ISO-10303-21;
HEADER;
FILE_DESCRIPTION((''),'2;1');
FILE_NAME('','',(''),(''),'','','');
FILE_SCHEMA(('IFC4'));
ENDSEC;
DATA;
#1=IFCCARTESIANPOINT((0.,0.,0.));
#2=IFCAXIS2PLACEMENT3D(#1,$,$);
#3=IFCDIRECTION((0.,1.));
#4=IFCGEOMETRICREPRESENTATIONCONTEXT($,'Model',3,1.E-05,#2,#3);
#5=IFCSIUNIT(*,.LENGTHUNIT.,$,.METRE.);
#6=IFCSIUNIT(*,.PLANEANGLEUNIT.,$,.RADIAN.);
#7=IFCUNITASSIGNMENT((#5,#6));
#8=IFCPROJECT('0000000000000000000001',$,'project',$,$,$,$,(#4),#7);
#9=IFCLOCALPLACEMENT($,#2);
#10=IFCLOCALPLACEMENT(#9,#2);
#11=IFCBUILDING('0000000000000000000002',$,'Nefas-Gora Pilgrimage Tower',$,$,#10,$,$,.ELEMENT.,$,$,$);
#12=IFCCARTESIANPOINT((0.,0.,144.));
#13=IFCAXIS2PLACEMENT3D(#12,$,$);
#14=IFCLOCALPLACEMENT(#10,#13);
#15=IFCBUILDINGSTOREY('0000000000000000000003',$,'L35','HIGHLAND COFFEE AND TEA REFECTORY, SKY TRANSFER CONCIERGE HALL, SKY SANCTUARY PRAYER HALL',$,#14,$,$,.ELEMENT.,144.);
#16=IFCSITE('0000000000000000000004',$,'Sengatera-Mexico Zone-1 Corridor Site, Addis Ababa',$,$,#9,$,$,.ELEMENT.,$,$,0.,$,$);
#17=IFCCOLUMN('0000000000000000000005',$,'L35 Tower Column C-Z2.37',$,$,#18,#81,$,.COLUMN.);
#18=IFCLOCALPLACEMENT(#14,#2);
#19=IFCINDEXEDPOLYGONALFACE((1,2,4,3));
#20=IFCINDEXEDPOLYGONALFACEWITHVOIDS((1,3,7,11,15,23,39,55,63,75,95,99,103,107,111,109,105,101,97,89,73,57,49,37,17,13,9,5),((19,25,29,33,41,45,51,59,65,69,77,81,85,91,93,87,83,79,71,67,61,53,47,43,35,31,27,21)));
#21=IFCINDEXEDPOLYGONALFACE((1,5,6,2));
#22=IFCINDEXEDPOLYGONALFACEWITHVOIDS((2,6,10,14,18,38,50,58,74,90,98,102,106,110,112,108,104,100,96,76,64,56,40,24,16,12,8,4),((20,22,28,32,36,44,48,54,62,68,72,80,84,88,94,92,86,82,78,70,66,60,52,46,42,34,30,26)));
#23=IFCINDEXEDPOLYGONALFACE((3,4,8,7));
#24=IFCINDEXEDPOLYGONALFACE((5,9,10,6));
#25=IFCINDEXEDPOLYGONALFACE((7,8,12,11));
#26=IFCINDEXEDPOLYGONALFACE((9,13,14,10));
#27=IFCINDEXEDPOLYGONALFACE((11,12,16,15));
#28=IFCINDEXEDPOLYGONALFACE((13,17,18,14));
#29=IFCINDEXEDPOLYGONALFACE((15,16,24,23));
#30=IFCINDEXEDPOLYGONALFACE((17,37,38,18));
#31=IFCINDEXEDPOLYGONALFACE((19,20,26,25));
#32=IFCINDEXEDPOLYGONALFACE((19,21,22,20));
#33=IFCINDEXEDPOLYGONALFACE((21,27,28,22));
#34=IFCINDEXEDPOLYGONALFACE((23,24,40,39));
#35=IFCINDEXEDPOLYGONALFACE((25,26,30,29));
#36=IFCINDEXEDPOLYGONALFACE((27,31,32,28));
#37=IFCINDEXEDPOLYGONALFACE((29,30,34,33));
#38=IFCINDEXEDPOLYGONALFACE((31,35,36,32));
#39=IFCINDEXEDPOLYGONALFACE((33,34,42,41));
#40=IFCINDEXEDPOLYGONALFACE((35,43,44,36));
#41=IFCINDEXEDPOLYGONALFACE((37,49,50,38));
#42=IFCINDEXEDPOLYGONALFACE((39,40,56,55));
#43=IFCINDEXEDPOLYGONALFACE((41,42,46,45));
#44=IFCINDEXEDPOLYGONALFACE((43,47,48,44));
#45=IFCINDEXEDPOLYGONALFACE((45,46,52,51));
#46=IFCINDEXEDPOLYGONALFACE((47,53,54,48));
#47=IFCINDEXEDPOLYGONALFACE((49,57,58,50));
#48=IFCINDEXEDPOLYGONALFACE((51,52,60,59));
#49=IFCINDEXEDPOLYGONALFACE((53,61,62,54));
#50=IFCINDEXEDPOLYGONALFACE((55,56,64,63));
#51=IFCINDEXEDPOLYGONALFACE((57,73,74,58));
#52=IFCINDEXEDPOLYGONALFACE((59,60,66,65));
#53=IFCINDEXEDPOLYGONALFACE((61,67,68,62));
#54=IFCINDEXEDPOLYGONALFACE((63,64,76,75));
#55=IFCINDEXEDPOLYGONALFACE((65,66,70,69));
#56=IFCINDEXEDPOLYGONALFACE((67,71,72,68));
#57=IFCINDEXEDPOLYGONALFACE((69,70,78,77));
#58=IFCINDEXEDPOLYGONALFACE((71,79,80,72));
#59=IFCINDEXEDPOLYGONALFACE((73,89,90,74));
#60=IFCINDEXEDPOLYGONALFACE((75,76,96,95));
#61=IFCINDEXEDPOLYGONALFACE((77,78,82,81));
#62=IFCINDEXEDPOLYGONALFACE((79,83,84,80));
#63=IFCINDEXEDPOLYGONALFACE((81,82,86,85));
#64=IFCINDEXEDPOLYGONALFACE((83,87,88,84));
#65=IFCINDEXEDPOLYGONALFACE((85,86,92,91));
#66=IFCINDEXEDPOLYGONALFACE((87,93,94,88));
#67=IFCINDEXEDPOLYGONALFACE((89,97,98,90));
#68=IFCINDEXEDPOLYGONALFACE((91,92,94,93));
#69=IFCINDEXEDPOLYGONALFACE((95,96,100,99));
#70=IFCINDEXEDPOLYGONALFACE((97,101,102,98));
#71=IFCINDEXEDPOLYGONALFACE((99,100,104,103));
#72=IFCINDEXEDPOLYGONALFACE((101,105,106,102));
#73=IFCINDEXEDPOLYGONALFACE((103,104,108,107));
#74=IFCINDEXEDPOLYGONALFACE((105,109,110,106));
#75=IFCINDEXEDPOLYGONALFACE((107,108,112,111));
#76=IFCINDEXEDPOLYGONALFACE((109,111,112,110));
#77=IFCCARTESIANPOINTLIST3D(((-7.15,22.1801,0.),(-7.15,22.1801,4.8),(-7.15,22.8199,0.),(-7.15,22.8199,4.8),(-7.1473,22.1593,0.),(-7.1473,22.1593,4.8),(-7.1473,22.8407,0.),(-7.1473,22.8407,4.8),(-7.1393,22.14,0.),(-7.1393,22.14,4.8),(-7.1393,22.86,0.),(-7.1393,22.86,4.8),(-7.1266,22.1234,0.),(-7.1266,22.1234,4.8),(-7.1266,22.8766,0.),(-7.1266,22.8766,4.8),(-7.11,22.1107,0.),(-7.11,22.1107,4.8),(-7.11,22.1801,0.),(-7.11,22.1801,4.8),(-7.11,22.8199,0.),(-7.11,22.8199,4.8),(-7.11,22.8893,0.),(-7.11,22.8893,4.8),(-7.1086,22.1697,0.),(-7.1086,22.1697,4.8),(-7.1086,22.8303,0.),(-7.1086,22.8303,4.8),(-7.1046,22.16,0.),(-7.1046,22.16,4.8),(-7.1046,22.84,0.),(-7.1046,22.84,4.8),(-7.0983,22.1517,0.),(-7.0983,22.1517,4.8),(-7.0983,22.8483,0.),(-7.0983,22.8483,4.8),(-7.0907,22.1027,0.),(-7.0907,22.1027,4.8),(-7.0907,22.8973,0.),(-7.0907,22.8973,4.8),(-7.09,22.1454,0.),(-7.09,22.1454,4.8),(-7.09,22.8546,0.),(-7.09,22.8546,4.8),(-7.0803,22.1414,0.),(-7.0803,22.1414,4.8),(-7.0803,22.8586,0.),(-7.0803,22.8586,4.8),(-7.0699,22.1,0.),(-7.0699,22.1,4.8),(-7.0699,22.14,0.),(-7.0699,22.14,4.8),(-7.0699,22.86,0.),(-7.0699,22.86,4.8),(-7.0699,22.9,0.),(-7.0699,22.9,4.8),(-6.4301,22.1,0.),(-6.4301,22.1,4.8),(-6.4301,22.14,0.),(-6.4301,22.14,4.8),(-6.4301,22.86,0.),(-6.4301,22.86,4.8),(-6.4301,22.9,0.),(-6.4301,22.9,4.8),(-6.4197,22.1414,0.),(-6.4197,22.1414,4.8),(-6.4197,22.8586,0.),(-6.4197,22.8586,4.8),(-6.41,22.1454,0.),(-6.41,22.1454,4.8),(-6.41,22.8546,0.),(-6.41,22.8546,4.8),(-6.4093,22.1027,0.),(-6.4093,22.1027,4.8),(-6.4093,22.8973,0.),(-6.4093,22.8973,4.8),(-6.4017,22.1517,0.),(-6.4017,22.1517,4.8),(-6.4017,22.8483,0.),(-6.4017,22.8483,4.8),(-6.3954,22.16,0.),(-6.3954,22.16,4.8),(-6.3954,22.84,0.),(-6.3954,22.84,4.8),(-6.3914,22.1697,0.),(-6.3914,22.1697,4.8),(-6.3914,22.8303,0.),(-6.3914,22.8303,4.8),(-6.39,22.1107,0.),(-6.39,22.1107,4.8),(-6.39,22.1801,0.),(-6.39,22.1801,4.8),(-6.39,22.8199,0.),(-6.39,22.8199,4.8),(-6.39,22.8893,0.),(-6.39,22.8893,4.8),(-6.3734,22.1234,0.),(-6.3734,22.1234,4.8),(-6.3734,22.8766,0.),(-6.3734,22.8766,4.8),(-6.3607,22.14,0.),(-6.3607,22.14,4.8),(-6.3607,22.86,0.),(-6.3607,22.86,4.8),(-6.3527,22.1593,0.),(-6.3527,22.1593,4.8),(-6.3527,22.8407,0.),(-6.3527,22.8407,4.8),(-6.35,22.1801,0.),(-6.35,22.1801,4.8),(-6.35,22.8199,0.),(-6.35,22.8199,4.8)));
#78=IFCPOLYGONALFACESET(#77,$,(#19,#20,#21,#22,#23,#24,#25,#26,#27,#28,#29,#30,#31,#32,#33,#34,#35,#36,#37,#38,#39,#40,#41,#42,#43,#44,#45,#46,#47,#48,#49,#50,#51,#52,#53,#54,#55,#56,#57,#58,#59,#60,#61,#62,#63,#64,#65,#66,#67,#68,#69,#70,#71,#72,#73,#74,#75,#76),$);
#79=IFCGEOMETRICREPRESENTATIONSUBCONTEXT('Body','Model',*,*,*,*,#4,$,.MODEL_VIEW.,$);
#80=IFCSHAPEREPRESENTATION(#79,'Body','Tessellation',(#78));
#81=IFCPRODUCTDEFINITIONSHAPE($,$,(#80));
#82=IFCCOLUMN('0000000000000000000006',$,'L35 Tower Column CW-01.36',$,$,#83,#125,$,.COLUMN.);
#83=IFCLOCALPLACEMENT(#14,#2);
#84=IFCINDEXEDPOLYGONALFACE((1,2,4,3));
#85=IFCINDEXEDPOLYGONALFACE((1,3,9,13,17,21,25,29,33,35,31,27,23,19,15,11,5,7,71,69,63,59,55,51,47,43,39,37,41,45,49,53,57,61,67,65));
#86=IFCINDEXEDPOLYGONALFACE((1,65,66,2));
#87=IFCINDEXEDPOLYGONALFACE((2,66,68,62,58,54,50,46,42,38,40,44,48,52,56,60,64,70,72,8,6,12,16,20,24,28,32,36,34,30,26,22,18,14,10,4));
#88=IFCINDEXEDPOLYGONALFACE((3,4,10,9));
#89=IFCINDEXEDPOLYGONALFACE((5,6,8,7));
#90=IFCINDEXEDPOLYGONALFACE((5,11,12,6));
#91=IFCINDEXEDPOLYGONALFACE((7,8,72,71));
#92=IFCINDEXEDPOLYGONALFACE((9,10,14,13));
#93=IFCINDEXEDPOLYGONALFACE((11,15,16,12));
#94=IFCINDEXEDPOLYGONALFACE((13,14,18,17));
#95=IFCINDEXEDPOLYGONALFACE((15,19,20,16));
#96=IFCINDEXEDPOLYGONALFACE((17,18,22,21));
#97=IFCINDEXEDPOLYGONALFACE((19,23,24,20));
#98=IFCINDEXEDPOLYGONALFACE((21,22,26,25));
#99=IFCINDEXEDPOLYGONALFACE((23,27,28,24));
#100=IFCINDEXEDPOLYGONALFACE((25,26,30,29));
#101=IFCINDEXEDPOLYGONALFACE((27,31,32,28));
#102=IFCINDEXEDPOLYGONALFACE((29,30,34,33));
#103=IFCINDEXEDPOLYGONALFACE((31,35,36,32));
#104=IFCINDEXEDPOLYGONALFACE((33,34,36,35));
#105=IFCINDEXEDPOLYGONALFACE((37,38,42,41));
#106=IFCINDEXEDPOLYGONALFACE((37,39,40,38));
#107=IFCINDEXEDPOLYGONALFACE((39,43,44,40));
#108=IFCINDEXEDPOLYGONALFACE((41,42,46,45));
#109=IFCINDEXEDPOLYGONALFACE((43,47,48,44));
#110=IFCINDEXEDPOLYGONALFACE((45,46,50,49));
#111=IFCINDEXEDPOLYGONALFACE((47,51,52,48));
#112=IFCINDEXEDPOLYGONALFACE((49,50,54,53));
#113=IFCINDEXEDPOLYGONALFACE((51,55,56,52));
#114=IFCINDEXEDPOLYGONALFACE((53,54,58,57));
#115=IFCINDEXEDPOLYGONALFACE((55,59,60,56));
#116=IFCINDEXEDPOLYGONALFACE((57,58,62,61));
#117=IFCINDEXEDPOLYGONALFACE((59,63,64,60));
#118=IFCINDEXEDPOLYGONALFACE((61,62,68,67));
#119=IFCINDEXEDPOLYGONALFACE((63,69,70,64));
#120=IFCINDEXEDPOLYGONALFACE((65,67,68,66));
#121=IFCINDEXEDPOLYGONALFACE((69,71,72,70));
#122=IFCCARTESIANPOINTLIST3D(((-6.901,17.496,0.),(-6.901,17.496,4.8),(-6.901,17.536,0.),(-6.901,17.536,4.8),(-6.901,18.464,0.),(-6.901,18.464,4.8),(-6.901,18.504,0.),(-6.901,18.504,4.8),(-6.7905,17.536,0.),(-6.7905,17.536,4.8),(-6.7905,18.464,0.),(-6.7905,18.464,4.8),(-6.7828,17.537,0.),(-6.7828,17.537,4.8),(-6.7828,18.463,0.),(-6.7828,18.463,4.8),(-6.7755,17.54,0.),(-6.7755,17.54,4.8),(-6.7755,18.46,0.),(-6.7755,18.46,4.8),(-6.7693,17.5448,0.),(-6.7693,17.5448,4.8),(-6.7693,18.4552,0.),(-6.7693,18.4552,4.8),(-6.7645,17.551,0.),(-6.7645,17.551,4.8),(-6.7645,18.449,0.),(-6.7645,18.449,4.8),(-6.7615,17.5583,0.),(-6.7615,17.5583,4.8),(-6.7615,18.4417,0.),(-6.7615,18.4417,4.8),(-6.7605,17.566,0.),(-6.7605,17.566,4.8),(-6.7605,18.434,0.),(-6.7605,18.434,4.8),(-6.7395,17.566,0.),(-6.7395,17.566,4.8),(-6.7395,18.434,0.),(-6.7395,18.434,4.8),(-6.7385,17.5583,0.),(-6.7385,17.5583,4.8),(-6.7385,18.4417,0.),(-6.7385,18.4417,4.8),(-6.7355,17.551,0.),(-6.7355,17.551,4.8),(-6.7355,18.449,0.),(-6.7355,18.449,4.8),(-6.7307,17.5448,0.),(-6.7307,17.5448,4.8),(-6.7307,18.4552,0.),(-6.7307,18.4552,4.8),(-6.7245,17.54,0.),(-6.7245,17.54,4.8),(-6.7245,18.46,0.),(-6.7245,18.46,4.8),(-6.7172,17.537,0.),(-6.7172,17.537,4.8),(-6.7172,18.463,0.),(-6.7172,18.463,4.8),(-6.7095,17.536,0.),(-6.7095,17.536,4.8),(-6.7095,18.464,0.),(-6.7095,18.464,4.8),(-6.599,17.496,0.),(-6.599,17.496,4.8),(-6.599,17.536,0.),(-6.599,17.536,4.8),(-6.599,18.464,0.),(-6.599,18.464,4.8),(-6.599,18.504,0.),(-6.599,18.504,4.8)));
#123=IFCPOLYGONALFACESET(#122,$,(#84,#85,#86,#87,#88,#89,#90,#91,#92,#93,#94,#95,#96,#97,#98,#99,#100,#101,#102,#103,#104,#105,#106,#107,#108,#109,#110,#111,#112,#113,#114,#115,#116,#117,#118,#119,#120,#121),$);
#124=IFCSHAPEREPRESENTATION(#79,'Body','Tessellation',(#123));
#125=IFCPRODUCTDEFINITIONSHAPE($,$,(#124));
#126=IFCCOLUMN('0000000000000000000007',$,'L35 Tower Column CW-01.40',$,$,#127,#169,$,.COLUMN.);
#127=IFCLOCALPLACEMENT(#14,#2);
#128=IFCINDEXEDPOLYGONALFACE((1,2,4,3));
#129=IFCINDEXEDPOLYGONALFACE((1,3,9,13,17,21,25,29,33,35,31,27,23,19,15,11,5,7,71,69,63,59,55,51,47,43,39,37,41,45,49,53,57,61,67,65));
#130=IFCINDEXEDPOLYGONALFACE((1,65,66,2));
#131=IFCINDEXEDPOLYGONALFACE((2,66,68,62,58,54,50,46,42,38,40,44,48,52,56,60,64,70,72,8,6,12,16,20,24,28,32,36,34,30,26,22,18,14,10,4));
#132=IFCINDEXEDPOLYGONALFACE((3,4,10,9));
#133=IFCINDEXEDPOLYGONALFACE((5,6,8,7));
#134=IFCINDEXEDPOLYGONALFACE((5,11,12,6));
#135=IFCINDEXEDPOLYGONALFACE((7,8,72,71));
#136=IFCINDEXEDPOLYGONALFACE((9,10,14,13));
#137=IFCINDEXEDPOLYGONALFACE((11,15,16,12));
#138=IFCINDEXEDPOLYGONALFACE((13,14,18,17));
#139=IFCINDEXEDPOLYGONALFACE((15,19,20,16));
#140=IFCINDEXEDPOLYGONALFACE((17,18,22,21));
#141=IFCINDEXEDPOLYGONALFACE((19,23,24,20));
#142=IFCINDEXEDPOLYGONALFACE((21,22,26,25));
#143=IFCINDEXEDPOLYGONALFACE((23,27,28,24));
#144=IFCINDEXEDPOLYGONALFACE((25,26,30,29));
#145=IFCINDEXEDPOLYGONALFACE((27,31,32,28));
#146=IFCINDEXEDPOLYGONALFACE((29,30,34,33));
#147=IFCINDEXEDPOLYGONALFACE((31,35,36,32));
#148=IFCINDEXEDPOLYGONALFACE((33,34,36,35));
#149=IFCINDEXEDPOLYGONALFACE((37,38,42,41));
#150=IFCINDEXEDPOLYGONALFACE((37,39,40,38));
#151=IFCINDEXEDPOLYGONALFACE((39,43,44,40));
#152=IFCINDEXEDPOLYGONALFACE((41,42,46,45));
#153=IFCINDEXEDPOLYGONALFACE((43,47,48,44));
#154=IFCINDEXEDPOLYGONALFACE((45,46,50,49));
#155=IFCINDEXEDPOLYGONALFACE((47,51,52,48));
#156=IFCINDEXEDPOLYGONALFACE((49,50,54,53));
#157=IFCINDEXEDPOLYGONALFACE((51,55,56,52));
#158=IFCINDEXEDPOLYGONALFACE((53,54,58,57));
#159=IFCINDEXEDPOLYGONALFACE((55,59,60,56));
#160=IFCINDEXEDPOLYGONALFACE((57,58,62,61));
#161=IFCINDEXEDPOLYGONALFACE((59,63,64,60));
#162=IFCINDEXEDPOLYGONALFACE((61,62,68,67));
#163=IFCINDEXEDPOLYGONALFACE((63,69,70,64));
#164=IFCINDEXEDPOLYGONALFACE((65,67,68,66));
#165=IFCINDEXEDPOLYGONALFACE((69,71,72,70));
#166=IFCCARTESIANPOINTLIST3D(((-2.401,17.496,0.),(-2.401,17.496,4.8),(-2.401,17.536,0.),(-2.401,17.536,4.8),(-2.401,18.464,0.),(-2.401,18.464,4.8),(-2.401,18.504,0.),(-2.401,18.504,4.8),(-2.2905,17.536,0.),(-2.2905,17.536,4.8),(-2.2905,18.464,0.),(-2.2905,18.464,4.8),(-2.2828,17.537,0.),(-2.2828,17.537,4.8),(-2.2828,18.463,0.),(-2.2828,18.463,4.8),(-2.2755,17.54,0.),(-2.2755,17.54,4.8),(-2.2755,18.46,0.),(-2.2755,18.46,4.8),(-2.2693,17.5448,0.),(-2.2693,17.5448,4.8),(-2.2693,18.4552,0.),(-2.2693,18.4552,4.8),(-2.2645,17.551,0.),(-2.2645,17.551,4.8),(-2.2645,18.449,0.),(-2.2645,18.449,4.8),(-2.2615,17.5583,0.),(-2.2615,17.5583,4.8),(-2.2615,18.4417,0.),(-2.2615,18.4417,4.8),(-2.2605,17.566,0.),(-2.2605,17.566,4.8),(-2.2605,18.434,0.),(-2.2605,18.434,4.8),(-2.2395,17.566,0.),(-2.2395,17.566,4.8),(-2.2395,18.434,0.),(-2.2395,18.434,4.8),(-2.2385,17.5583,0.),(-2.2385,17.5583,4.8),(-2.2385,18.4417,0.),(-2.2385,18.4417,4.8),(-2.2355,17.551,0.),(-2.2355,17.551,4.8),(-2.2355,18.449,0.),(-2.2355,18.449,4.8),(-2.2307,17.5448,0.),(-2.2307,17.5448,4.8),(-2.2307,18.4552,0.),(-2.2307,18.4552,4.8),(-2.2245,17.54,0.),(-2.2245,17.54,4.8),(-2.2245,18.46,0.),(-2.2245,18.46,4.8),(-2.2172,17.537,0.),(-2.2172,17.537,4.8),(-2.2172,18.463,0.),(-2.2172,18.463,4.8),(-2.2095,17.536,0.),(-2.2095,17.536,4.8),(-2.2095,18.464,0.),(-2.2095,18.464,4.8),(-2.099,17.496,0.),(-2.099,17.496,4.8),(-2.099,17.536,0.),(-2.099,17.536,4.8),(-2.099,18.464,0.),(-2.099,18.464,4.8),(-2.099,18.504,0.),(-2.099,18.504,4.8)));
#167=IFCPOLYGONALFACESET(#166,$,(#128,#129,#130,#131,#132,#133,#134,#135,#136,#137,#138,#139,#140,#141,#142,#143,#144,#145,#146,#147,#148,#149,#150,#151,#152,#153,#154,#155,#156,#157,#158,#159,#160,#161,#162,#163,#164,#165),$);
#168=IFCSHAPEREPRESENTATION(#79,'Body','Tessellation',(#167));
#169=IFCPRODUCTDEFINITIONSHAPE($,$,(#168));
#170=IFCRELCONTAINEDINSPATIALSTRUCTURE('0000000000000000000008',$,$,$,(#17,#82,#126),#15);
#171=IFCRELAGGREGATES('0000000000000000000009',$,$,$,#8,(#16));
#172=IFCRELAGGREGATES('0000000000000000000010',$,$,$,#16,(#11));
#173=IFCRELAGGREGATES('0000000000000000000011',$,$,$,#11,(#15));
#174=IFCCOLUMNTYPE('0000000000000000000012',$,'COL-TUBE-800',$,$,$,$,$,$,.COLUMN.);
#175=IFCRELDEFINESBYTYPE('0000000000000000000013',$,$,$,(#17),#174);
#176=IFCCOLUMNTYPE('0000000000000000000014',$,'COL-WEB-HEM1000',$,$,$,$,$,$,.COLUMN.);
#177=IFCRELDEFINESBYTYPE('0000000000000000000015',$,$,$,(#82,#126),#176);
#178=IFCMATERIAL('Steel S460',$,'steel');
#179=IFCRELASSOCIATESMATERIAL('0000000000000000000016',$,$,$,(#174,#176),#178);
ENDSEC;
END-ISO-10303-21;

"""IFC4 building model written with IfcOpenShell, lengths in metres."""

from ifc_helpers import new_model, si_unit, direction, frame, origin, origin_2d, place, context, subcontext, project, spatial, hollow_rectangle, i_section, extrude, source, transform, mapped, material, material_profile, profile_set, type_object, element, save


model = new_model("IFC4")

# Units and contexts
model_context = context("Model", 3, precision=1e-05, world=origin(), true_north=direction((0.0, 1.0)))
body_context = subcontext(model_context, "Body", "Model", "MODEL_VIEW")
ifc_project = project(units=[si_unit("LENGTHUNIT", "METRE"), si_unit("PLANEANGLEUNIT", "RADIAN")], contexts=[model_context])

# Site, building, storey
site_placement = place(None, origin())
site = spatial("IfcSite", under=ifc_project, at=site_placement, Name="Sengatera-Mexico Zone-1 Corridor Site, Addis Ababa", CompositionType="ELEMENT", RefElevation=0.0)
building_placement = place(site_placement, origin())
building = spatial("IfcBuilding", under=site, at=building_placement, Name="Nefas-Gora Pilgrimage Tower", CompositionType="ELEMENT")
storey_placement = place(building_placement, frame((0.0, 0.0, 144.0)))
storey = spatial("IfcBuildingStorey", under=building, at=storey_placement, Name="L35", Description="HIGHLAND COFFEE AND TEA REFECTORY, SKY TRANSFER CONCIERGE HALL, SKY SANCTUARY PRAYER HALL", CompositionType="ELEMENT", Elevation=144.0)

# Columns
ifc_material_1 = material(Name="Steel S460", Category="steel")
ifc_material_profile_1 = material_profile(ifc_material_1, hollow_rectangle(XDim=0.8, YDim=0.8, WallThickness=0.04, InnerFilletRadius=0.04, OuterFilletRadius=0.0801, at=origin_2d()), Name="BOX 800x800x40")
ifc_profile_set_1 = profile_set([ifc_material_profile_1], Name="Steel S460")
column_type_1 = type_object("IfcColumnType", Name="COL-TUBE-800", PredefinedType="COLUMN", material=ifc_profile_set_1)
shared_shape_1 = source(origin(), body_context, "Body", "SweptSolid", [
    extrude(hollow_rectangle(XDim=0.8, YDim=0.8, WallThickness=0.04, InnerFilletRadius=0.04, OuterFilletRadius=0.0801, at=origin_2d()), origin(), (0.0, 0.0, 1.0), 4.8),
])
column_placement = place(storey_placement, frame((-6.75, 22.5, 0.0), z_axis=(0.0, 0.0, 1.0), x_axis=(1.0, 0.0, 0.0)))
element("IfcColumn", 1, at=column_placement, inside=storey, type_object=column_type_1, Name="L35 Tower Column C-Z2.37", PredefinedType="COLUMN", context=body_context, shape_type="MappedRepresentation", body=[
    mapped(shared_shape_1, transform((0.0, 0.0, 0.0), x_axis=(1.0, 0.0, 0.0), y_axis=(0.0, 1.0, 0.0), z_axis=(0.0, 0.0, 1.0), scale=1.0)),
])
ifc_material_profile_2 = material_profile(ifc_material_1, i_section(OverallWidth=0.302, OverallDepth=1.0081, WebThickness=0.021, FlangeThickness=0.04, FilletRadius=0.03, at=origin_2d()), Name="HEM 1000")
ifc_profile_set_2 = profile_set([ifc_material_profile_2], Name="Steel S460")
column_type_2 = type_object("IfcColumnType", Name="COL-WEB-HEM1000", PredefinedType="COLUMN", material=ifc_profile_set_2)
shared_shape_2 = source(origin(), body_context, "Body", "SweptSolid", [
    extrude(i_section(OverallWidth=0.302, OverallDepth=1.0081, WebThickness=0.021, FlangeThickness=0.04, FilletRadius=0.03, at=origin_2d()), origin(), (0.0, 0.0, 1.0), 4.8),
])
for number, where, z_axis, x_axis, name in (
    (2, (-6.75, 18.0, 0.0), (0.0, 0.0, 1.0), (1.0, 0.0, 0.0), "L35 Tower Column CW-01.36"),
    (3, (-2.25, 18.0, 0.0), (0.0, 0.0, 1.0), (1.0, 0.0, 0.0), "L35 Tower Column CW-01.40"),
):
    element("IfcColumn", number, at=place(storey_placement, frame(where, z_axis=z_axis, x_axis=x_axis)), inside=storey, type_object=column_type_2, Name=name, PredefinedType="COLUMN", context=body_context, shape_type="MappedRepresentation", body=[
        mapped(shared_shape_2, transform((0.0, 0.0, 0.0), x_axis=(1.0, 0.0, 0.0), y_axis=(0.0, 1.0, 0.0), z_axis=(0.0, 0.0, 1.0), scale=1.0)),
    ])

save(model, "model.ifc")
